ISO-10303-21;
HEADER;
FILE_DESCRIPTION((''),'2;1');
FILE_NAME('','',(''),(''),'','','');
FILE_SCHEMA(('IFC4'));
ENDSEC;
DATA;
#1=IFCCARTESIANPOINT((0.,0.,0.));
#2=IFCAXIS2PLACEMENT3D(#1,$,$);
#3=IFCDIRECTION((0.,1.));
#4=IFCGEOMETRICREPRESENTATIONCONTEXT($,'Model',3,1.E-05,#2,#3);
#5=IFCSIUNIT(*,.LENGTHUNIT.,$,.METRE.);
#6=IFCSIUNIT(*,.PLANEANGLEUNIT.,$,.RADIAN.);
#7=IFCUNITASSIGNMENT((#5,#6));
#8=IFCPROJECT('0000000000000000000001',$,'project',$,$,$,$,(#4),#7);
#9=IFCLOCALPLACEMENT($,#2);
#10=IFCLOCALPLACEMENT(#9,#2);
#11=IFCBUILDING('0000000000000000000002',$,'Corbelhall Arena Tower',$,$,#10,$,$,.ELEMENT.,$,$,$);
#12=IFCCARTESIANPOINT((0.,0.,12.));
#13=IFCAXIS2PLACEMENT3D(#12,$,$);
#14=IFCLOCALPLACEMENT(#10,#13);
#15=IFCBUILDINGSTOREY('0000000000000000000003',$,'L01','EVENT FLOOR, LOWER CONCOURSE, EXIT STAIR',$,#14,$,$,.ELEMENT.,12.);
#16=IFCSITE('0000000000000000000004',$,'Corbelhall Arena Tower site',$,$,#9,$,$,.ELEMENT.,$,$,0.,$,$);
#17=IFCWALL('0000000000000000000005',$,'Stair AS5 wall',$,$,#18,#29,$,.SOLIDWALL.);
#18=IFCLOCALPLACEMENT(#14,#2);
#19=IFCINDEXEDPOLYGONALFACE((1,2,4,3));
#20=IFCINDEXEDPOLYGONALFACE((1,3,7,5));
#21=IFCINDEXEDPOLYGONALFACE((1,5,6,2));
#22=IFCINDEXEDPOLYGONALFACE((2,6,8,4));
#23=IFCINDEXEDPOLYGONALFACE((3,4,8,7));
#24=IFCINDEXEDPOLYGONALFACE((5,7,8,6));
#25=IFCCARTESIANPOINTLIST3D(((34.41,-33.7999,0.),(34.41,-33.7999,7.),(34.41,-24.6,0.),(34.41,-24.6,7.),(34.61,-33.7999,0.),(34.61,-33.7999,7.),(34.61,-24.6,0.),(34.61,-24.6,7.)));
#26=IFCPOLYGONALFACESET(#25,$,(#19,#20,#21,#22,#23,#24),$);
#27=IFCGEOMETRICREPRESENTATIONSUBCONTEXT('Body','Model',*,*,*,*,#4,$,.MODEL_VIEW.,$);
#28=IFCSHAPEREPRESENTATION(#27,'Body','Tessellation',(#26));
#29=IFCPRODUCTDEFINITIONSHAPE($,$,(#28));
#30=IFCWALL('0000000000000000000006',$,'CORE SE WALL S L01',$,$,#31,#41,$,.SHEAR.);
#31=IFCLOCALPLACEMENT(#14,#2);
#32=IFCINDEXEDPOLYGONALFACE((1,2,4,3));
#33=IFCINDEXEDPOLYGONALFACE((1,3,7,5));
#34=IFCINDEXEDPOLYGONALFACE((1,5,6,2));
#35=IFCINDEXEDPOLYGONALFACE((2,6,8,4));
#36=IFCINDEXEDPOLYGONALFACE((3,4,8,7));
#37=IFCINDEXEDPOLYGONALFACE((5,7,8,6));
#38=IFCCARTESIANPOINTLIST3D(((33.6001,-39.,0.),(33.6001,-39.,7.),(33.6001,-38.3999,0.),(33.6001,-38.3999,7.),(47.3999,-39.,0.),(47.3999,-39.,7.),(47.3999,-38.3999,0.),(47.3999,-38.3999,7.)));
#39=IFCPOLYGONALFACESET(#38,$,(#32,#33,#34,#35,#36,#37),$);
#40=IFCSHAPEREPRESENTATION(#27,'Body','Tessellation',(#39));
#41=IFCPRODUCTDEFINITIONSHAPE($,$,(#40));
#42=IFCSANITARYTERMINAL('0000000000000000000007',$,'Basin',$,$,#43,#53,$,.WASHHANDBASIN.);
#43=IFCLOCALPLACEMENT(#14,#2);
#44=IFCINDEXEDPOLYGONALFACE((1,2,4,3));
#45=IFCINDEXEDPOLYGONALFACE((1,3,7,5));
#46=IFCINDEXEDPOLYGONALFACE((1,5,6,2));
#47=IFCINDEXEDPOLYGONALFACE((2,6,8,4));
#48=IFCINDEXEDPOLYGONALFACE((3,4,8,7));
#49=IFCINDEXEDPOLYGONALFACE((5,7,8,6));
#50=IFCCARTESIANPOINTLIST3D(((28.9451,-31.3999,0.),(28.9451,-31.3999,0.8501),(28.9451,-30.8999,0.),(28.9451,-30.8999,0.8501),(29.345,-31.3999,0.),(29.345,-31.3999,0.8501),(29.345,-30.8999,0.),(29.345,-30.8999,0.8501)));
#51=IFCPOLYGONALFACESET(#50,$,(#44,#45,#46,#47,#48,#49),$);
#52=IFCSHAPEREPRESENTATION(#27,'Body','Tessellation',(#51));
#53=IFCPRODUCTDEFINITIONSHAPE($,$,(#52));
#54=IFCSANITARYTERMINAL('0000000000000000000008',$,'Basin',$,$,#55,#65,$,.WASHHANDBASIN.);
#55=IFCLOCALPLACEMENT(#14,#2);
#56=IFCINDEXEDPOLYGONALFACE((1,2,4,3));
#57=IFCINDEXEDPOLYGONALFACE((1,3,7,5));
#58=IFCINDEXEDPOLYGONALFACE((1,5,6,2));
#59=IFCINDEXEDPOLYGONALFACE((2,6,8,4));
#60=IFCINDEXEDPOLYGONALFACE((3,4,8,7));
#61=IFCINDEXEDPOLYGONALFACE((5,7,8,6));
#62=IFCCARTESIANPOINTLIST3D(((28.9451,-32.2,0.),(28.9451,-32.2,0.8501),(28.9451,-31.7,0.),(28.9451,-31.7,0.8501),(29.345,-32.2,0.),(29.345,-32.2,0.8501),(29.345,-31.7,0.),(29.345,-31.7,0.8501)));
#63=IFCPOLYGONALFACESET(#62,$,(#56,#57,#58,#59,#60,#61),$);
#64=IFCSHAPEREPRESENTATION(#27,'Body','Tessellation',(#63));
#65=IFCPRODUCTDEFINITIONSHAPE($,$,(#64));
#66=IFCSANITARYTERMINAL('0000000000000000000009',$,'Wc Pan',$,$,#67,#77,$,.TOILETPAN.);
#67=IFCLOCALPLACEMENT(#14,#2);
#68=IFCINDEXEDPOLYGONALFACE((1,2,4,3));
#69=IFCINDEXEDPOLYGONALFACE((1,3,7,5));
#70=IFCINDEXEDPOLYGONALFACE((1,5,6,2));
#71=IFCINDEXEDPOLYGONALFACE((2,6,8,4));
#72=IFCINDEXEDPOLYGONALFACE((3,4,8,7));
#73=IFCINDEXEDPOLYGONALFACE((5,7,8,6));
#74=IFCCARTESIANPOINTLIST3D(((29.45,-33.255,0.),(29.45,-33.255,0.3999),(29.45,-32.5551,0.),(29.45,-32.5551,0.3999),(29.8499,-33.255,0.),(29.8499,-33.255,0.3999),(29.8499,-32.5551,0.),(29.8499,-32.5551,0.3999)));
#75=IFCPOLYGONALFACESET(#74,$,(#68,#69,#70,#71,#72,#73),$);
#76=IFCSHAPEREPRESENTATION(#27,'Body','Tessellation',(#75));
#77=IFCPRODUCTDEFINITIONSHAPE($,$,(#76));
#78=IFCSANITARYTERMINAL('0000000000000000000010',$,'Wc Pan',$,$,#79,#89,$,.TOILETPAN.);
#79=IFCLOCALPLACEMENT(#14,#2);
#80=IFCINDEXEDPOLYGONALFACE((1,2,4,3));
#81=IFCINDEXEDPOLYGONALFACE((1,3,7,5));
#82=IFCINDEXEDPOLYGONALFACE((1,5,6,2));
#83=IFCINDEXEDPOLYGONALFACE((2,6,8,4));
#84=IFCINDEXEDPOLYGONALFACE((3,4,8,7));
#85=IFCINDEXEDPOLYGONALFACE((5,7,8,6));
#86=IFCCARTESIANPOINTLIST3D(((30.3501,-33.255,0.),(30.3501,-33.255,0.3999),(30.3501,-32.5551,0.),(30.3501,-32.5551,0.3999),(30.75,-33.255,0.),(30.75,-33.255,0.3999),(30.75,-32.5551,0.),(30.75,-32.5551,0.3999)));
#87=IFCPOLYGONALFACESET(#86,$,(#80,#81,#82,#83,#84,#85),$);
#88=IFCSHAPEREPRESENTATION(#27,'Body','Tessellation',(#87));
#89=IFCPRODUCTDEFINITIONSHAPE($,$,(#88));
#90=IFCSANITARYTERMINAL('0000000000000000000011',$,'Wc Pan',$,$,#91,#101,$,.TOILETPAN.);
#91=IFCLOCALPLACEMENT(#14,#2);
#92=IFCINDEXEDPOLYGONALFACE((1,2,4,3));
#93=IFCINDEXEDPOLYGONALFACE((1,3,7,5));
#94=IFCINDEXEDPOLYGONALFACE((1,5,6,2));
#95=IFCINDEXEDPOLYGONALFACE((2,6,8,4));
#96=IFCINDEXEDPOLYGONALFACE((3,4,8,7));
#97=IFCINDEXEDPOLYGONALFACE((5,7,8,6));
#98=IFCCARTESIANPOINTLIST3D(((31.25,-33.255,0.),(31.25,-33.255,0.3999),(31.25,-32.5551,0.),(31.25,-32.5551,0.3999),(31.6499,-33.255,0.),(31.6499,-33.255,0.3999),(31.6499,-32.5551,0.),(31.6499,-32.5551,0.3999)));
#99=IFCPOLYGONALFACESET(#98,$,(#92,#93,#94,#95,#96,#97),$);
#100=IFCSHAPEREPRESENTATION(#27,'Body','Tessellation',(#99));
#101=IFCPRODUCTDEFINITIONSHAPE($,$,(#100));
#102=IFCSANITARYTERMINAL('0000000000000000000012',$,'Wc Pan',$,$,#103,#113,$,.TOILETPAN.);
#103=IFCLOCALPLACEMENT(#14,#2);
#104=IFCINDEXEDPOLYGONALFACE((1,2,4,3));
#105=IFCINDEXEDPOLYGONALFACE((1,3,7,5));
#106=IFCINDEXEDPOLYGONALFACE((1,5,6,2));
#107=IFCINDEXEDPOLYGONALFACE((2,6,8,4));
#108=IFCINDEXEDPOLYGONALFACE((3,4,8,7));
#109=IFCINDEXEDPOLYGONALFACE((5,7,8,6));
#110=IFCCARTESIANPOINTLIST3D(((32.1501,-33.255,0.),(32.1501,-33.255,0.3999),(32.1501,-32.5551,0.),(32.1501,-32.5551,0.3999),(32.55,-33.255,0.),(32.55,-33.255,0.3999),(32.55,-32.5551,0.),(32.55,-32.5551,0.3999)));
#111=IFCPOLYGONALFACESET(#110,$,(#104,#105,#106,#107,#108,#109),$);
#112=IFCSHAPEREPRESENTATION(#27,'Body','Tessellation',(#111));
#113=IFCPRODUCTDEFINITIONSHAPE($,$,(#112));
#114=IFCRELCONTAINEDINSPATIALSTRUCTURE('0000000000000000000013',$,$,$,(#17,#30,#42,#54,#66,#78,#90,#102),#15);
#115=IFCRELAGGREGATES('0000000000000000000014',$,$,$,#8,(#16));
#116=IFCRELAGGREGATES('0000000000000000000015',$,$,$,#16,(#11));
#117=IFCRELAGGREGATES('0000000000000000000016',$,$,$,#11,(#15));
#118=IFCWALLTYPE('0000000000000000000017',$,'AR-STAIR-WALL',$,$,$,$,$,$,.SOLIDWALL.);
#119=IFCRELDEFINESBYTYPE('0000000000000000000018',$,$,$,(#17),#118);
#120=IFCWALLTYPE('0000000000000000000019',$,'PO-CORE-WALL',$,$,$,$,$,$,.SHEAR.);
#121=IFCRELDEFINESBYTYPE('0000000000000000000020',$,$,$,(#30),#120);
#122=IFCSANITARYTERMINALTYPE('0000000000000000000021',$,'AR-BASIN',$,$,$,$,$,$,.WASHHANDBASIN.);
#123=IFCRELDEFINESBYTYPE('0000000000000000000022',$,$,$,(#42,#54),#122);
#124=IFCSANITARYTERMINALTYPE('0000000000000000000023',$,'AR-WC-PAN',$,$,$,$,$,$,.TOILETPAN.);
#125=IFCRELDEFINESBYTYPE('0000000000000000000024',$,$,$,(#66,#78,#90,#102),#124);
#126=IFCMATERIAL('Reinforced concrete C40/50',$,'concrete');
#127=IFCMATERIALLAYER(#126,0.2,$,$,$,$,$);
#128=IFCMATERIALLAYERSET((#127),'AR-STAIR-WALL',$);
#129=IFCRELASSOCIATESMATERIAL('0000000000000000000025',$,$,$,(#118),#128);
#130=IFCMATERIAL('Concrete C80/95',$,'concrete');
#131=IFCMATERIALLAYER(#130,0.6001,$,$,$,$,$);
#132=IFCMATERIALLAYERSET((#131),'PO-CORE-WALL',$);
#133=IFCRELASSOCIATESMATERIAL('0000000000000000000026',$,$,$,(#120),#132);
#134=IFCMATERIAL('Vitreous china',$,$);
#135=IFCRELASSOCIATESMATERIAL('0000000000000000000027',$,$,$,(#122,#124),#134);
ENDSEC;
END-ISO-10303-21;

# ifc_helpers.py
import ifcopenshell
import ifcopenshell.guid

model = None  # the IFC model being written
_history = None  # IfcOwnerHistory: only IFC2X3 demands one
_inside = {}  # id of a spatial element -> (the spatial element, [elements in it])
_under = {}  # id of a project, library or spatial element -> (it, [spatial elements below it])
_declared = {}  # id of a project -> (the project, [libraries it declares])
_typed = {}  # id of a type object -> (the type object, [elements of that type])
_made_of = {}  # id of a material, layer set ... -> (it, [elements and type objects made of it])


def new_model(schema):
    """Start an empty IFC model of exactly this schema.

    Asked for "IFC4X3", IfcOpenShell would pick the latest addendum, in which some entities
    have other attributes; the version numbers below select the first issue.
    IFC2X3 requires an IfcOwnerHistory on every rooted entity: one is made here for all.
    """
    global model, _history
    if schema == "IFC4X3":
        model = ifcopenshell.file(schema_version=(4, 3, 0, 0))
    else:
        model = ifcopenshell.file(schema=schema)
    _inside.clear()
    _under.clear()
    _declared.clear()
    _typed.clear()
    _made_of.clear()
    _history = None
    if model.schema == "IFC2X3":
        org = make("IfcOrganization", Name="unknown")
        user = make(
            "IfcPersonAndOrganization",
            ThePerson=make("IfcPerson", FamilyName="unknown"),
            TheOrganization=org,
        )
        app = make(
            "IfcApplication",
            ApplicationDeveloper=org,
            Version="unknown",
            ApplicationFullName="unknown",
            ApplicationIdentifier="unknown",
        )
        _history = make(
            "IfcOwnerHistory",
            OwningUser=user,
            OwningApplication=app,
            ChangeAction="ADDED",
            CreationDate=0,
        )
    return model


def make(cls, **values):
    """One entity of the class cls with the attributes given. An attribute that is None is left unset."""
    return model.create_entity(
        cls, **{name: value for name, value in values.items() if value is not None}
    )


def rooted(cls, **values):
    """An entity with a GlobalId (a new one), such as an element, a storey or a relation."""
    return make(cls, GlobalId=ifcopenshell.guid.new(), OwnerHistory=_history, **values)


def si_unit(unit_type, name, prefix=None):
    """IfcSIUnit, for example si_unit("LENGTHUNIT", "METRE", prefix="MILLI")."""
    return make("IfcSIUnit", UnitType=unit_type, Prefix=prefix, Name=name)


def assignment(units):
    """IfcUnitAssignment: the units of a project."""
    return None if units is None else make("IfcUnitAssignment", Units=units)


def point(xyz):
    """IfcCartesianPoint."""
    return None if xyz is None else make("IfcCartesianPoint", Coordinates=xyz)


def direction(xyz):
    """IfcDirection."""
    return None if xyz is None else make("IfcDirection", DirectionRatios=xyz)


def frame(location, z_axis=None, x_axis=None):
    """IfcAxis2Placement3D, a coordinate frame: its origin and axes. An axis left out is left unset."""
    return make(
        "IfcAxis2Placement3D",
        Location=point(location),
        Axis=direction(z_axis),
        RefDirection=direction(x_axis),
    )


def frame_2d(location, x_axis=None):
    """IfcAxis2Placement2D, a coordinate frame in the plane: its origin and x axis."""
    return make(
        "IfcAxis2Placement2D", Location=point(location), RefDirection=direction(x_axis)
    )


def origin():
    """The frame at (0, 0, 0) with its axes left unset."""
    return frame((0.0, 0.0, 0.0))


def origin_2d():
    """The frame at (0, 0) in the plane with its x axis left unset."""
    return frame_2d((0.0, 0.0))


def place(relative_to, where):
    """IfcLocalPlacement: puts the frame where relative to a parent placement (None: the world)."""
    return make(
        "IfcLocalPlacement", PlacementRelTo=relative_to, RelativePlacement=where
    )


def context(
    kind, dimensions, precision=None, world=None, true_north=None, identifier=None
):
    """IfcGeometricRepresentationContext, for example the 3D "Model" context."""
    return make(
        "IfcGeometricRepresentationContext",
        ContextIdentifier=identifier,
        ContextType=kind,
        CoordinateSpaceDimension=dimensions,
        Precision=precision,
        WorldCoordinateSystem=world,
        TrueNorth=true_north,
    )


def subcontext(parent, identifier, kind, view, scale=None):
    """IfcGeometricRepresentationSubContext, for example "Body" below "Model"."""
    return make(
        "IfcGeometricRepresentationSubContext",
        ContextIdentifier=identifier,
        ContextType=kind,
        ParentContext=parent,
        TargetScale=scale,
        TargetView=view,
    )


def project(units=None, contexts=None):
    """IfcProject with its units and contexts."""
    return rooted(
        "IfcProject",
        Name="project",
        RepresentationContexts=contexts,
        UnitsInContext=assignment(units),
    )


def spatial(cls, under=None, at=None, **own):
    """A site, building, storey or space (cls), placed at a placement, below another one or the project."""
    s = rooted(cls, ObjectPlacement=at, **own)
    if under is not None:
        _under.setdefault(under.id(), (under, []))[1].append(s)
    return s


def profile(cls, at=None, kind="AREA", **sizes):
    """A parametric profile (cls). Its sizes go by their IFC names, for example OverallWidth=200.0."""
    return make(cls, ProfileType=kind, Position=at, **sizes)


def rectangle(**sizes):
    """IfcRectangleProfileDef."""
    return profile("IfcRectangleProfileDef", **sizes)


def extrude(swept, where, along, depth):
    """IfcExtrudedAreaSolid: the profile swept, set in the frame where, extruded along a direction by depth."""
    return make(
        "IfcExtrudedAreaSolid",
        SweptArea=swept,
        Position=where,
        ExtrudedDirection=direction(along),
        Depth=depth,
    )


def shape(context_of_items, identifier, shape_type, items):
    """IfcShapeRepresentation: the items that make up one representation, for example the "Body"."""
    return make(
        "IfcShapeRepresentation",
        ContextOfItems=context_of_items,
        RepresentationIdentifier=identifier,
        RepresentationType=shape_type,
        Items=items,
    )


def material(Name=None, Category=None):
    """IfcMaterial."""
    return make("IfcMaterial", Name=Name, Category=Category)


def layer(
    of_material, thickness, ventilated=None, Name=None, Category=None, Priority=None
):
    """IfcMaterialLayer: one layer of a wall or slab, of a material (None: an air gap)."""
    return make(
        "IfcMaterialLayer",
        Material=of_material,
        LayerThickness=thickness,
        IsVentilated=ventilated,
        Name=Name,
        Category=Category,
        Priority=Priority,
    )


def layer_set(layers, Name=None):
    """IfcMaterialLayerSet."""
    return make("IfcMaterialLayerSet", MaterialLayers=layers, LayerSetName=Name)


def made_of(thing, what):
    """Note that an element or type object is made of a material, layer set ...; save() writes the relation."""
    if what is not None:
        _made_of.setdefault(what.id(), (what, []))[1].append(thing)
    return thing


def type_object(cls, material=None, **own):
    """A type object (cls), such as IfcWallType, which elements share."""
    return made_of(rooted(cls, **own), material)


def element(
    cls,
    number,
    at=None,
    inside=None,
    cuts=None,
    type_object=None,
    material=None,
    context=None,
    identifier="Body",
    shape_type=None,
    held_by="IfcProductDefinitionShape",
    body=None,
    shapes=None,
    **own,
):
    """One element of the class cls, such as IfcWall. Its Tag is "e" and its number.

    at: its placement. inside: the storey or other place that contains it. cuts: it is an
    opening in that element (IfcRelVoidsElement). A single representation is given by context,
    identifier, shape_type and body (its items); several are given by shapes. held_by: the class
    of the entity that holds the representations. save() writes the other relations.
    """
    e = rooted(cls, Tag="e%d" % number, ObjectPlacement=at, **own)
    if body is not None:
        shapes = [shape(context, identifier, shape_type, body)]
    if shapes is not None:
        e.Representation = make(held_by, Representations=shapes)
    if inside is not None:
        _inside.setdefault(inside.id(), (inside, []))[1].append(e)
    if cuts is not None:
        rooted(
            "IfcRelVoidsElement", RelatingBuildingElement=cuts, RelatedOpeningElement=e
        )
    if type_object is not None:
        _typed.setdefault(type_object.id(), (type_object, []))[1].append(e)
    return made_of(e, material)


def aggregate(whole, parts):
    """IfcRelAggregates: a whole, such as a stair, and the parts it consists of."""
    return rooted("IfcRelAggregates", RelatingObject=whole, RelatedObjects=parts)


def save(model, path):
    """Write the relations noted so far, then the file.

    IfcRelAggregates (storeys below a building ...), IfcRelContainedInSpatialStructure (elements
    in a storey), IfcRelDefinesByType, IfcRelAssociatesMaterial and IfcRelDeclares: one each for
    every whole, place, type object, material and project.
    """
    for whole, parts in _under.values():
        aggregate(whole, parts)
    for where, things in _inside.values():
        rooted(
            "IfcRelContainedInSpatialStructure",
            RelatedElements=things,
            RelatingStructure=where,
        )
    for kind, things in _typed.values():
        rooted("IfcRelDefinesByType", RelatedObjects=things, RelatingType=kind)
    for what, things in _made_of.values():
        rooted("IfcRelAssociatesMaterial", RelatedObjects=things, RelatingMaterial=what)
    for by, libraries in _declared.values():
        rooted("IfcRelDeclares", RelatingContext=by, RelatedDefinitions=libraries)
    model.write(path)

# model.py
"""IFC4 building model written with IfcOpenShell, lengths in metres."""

from ifc_helpers import new_model, si_unit, direction, frame, frame_2d, origin, origin_2d, place, context, subcontext, project, spatial, rectangle, extrude, material, layer, layer_set, type_object, element, save


model = new_model("IFC4")

# Units and contexts
model_context = context("Model", 3, precision=1e-05, world=origin(), true_north=direction((0.0, 1.0)))
body_context = subcontext(model_context, "Body", "Model", "MODEL_VIEW")
ifc_project = project(units=[si_unit("LENGTHUNIT", "METRE"), si_unit("PLANEANGLEUNIT", "RADIAN")], contexts=[model_context])

# Site, building, storey
site_placement = place(None, origin())
site = spatial("IfcSite", under=ifc_project, at=site_placement, Name="Corbelhall Arena Tower site", CompositionType="ELEMENT", RefElevation=0.0)
building_placement = place(site_placement, origin())
building = spatial("IfcBuilding", under=site, at=building_placement, Name="Corbelhall Arena Tower", CompositionType="ELEMENT")
storey_placement = place(building_placement, frame((0.0, 0.0, 12.0)))
storey = spatial("IfcBuildingStorey", under=building, at=storey_placement, Name="L01", Description="EVENT FLOOR, LOWER CONCOURSE, EXIT STAIR", CompositionType="ELEMENT", Elevation=12.0)

# Shared definitions
ifc_material_1 = material(Name="Concrete C80/95", Category="concrete")

# Shared definitions
ifc_material_2 = material(Name="Reinforced concrete C40/50", Category="concrete")

# Wall
ifc_layer_1 = layer(ifc_material_2, 0.2)
ifc_layer_set_1 = layer_set([ifc_layer_1], Name="AR-STAIR-WALL")
wall_type_1 = type_object("IfcWallType", Name="AR-STAIR-WALL", PredefinedType="SOLIDWALL", material=ifc_layer_set_1)
wall_1_placement = place(storey_placement, frame((34.51, -33.8, 0.0), z_axis=(0.0, 0.0, 1.0), x_axis=(0.0, 1.0, 0.0)))
element("IfcWall", 1, at=wall_1_placement, inside=storey, type_object=wall_type_1, Name="Stair AS5 wall", PredefinedType="SOLIDWALL", context=body_context, shape_type="SweptSolid", body=[
    extrude(rectangle(XDim=9.2, YDim=0.2, at=frame_2d((4.6001, 0.0))), origin(), (0.0, 0.0, 1.0), 7.0),
])

# Shared definitions
ifc_layer_2 = layer(ifc_material_1, 0.6001)
ifc_layer_set_2 = layer_set([ifc_layer_2], Name="PO-CORE-WALL")
wall_type_2 = type_object("IfcWallType", Name="PO-CORE-WALL", PredefinedType="SHEAR", material=ifc_layer_set_2)

# Wall
wall_2_placement = place(storey_placement, frame((33.6001, -38.7, 0.0), z_axis=(0.0, 0.0, 1.0), x_axis=(1.0, 0.0, 0.0)))
element("IfcWall", 2, at=wall_2_placement, inside=storey, type_object=wall_type_2, Name="CORE SE WALL S L01", PredefinedType="SHEAR", context=body_context, shape_type="SweptSolid", body=[
    extrude(rectangle(XDim=13.7998, YDim=0.6001, at=frame_2d((6.8999, 0.0))), origin(), (0.0, 0.0, 1.0), 7.0),
])

# Sanitary terminals
ifc_material_3 = material(Name="Vitreous china")
sanitary_terminal_type_1 = type_object("IfcSanitaryTerminalType", Name="AR-BASIN", PredefinedType="WASHHANDBASIN", material=ifc_material_3)
for number, where, z_axis, x_axis, name in (
    (3, (29.145, -31.1499, 0.0), (0.0, 0.0, 1.0), (1.0, 0.0, 0.0), "Basin"),
    (4, (29.145, -31.95, 0.0), (0.0, 0.0, 1.0), (1.0, 0.0, 0.0), "Basin"),
):
    element("IfcSanitaryTerminal", number, at=place(storey_placement, frame(where, z_axis=z_axis, x_axis=x_axis)), inside=storey, type_object=sanitary_terminal_type_1, Name=name, PredefinedType="WASHHANDBASIN", context=body_context, shape_type="SweptSolid", body=[
        extrude(rectangle(XDim=0.3999, YDim=0.5, at=origin_2d()), origin(), (0.0, 0.0, 1.0), 0.8501),
    ])
sanitary_terminal_type_2 = type_object("IfcSanitaryTerminalType", Name="AR-WC-PAN", PredefinedType="TOILETPAN", material=ifc_material_3)
for number, where, z_axis, x_axis, name in (
    (5, (29.6499, -32.905, 0.0), (0.0, 0.0, 1.0), (1.0, 0.0, 0.0), "Wc Pan"),
    (6, (30.55, -32.905, 0.0), (0.0, 0.0, 1.0), (1.0, 0.0, 0.0), "Wc Pan"),
    (7, (31.45, -32.905, 0.0), (0.0, 0.0, 1.0), (1.0, 0.0, 0.0), "Wc Pan"),
    (8, (32.3501, -32.905, 0.0), (0.0, 0.0, 1.0), (1.0, 0.0, 0.0), "Wc Pan"),
):
    element("IfcSanitaryTerminal", number, at=place(storey_placement, frame(where, z_axis=z_axis, x_axis=x_axis)), inside=storey, type_object=sanitary_terminal_type_2, Name=name, PredefinedType="TOILETPAN", context=body_context, shape_type="SweptSolid", body=[
        extrude(rectangle(XDim=0.3999, YDim=0.7, at=origin_2d()), origin(), (0.0, 0.0, 1.0), 0.3999),
    ])

save(model, "model.ifc")
